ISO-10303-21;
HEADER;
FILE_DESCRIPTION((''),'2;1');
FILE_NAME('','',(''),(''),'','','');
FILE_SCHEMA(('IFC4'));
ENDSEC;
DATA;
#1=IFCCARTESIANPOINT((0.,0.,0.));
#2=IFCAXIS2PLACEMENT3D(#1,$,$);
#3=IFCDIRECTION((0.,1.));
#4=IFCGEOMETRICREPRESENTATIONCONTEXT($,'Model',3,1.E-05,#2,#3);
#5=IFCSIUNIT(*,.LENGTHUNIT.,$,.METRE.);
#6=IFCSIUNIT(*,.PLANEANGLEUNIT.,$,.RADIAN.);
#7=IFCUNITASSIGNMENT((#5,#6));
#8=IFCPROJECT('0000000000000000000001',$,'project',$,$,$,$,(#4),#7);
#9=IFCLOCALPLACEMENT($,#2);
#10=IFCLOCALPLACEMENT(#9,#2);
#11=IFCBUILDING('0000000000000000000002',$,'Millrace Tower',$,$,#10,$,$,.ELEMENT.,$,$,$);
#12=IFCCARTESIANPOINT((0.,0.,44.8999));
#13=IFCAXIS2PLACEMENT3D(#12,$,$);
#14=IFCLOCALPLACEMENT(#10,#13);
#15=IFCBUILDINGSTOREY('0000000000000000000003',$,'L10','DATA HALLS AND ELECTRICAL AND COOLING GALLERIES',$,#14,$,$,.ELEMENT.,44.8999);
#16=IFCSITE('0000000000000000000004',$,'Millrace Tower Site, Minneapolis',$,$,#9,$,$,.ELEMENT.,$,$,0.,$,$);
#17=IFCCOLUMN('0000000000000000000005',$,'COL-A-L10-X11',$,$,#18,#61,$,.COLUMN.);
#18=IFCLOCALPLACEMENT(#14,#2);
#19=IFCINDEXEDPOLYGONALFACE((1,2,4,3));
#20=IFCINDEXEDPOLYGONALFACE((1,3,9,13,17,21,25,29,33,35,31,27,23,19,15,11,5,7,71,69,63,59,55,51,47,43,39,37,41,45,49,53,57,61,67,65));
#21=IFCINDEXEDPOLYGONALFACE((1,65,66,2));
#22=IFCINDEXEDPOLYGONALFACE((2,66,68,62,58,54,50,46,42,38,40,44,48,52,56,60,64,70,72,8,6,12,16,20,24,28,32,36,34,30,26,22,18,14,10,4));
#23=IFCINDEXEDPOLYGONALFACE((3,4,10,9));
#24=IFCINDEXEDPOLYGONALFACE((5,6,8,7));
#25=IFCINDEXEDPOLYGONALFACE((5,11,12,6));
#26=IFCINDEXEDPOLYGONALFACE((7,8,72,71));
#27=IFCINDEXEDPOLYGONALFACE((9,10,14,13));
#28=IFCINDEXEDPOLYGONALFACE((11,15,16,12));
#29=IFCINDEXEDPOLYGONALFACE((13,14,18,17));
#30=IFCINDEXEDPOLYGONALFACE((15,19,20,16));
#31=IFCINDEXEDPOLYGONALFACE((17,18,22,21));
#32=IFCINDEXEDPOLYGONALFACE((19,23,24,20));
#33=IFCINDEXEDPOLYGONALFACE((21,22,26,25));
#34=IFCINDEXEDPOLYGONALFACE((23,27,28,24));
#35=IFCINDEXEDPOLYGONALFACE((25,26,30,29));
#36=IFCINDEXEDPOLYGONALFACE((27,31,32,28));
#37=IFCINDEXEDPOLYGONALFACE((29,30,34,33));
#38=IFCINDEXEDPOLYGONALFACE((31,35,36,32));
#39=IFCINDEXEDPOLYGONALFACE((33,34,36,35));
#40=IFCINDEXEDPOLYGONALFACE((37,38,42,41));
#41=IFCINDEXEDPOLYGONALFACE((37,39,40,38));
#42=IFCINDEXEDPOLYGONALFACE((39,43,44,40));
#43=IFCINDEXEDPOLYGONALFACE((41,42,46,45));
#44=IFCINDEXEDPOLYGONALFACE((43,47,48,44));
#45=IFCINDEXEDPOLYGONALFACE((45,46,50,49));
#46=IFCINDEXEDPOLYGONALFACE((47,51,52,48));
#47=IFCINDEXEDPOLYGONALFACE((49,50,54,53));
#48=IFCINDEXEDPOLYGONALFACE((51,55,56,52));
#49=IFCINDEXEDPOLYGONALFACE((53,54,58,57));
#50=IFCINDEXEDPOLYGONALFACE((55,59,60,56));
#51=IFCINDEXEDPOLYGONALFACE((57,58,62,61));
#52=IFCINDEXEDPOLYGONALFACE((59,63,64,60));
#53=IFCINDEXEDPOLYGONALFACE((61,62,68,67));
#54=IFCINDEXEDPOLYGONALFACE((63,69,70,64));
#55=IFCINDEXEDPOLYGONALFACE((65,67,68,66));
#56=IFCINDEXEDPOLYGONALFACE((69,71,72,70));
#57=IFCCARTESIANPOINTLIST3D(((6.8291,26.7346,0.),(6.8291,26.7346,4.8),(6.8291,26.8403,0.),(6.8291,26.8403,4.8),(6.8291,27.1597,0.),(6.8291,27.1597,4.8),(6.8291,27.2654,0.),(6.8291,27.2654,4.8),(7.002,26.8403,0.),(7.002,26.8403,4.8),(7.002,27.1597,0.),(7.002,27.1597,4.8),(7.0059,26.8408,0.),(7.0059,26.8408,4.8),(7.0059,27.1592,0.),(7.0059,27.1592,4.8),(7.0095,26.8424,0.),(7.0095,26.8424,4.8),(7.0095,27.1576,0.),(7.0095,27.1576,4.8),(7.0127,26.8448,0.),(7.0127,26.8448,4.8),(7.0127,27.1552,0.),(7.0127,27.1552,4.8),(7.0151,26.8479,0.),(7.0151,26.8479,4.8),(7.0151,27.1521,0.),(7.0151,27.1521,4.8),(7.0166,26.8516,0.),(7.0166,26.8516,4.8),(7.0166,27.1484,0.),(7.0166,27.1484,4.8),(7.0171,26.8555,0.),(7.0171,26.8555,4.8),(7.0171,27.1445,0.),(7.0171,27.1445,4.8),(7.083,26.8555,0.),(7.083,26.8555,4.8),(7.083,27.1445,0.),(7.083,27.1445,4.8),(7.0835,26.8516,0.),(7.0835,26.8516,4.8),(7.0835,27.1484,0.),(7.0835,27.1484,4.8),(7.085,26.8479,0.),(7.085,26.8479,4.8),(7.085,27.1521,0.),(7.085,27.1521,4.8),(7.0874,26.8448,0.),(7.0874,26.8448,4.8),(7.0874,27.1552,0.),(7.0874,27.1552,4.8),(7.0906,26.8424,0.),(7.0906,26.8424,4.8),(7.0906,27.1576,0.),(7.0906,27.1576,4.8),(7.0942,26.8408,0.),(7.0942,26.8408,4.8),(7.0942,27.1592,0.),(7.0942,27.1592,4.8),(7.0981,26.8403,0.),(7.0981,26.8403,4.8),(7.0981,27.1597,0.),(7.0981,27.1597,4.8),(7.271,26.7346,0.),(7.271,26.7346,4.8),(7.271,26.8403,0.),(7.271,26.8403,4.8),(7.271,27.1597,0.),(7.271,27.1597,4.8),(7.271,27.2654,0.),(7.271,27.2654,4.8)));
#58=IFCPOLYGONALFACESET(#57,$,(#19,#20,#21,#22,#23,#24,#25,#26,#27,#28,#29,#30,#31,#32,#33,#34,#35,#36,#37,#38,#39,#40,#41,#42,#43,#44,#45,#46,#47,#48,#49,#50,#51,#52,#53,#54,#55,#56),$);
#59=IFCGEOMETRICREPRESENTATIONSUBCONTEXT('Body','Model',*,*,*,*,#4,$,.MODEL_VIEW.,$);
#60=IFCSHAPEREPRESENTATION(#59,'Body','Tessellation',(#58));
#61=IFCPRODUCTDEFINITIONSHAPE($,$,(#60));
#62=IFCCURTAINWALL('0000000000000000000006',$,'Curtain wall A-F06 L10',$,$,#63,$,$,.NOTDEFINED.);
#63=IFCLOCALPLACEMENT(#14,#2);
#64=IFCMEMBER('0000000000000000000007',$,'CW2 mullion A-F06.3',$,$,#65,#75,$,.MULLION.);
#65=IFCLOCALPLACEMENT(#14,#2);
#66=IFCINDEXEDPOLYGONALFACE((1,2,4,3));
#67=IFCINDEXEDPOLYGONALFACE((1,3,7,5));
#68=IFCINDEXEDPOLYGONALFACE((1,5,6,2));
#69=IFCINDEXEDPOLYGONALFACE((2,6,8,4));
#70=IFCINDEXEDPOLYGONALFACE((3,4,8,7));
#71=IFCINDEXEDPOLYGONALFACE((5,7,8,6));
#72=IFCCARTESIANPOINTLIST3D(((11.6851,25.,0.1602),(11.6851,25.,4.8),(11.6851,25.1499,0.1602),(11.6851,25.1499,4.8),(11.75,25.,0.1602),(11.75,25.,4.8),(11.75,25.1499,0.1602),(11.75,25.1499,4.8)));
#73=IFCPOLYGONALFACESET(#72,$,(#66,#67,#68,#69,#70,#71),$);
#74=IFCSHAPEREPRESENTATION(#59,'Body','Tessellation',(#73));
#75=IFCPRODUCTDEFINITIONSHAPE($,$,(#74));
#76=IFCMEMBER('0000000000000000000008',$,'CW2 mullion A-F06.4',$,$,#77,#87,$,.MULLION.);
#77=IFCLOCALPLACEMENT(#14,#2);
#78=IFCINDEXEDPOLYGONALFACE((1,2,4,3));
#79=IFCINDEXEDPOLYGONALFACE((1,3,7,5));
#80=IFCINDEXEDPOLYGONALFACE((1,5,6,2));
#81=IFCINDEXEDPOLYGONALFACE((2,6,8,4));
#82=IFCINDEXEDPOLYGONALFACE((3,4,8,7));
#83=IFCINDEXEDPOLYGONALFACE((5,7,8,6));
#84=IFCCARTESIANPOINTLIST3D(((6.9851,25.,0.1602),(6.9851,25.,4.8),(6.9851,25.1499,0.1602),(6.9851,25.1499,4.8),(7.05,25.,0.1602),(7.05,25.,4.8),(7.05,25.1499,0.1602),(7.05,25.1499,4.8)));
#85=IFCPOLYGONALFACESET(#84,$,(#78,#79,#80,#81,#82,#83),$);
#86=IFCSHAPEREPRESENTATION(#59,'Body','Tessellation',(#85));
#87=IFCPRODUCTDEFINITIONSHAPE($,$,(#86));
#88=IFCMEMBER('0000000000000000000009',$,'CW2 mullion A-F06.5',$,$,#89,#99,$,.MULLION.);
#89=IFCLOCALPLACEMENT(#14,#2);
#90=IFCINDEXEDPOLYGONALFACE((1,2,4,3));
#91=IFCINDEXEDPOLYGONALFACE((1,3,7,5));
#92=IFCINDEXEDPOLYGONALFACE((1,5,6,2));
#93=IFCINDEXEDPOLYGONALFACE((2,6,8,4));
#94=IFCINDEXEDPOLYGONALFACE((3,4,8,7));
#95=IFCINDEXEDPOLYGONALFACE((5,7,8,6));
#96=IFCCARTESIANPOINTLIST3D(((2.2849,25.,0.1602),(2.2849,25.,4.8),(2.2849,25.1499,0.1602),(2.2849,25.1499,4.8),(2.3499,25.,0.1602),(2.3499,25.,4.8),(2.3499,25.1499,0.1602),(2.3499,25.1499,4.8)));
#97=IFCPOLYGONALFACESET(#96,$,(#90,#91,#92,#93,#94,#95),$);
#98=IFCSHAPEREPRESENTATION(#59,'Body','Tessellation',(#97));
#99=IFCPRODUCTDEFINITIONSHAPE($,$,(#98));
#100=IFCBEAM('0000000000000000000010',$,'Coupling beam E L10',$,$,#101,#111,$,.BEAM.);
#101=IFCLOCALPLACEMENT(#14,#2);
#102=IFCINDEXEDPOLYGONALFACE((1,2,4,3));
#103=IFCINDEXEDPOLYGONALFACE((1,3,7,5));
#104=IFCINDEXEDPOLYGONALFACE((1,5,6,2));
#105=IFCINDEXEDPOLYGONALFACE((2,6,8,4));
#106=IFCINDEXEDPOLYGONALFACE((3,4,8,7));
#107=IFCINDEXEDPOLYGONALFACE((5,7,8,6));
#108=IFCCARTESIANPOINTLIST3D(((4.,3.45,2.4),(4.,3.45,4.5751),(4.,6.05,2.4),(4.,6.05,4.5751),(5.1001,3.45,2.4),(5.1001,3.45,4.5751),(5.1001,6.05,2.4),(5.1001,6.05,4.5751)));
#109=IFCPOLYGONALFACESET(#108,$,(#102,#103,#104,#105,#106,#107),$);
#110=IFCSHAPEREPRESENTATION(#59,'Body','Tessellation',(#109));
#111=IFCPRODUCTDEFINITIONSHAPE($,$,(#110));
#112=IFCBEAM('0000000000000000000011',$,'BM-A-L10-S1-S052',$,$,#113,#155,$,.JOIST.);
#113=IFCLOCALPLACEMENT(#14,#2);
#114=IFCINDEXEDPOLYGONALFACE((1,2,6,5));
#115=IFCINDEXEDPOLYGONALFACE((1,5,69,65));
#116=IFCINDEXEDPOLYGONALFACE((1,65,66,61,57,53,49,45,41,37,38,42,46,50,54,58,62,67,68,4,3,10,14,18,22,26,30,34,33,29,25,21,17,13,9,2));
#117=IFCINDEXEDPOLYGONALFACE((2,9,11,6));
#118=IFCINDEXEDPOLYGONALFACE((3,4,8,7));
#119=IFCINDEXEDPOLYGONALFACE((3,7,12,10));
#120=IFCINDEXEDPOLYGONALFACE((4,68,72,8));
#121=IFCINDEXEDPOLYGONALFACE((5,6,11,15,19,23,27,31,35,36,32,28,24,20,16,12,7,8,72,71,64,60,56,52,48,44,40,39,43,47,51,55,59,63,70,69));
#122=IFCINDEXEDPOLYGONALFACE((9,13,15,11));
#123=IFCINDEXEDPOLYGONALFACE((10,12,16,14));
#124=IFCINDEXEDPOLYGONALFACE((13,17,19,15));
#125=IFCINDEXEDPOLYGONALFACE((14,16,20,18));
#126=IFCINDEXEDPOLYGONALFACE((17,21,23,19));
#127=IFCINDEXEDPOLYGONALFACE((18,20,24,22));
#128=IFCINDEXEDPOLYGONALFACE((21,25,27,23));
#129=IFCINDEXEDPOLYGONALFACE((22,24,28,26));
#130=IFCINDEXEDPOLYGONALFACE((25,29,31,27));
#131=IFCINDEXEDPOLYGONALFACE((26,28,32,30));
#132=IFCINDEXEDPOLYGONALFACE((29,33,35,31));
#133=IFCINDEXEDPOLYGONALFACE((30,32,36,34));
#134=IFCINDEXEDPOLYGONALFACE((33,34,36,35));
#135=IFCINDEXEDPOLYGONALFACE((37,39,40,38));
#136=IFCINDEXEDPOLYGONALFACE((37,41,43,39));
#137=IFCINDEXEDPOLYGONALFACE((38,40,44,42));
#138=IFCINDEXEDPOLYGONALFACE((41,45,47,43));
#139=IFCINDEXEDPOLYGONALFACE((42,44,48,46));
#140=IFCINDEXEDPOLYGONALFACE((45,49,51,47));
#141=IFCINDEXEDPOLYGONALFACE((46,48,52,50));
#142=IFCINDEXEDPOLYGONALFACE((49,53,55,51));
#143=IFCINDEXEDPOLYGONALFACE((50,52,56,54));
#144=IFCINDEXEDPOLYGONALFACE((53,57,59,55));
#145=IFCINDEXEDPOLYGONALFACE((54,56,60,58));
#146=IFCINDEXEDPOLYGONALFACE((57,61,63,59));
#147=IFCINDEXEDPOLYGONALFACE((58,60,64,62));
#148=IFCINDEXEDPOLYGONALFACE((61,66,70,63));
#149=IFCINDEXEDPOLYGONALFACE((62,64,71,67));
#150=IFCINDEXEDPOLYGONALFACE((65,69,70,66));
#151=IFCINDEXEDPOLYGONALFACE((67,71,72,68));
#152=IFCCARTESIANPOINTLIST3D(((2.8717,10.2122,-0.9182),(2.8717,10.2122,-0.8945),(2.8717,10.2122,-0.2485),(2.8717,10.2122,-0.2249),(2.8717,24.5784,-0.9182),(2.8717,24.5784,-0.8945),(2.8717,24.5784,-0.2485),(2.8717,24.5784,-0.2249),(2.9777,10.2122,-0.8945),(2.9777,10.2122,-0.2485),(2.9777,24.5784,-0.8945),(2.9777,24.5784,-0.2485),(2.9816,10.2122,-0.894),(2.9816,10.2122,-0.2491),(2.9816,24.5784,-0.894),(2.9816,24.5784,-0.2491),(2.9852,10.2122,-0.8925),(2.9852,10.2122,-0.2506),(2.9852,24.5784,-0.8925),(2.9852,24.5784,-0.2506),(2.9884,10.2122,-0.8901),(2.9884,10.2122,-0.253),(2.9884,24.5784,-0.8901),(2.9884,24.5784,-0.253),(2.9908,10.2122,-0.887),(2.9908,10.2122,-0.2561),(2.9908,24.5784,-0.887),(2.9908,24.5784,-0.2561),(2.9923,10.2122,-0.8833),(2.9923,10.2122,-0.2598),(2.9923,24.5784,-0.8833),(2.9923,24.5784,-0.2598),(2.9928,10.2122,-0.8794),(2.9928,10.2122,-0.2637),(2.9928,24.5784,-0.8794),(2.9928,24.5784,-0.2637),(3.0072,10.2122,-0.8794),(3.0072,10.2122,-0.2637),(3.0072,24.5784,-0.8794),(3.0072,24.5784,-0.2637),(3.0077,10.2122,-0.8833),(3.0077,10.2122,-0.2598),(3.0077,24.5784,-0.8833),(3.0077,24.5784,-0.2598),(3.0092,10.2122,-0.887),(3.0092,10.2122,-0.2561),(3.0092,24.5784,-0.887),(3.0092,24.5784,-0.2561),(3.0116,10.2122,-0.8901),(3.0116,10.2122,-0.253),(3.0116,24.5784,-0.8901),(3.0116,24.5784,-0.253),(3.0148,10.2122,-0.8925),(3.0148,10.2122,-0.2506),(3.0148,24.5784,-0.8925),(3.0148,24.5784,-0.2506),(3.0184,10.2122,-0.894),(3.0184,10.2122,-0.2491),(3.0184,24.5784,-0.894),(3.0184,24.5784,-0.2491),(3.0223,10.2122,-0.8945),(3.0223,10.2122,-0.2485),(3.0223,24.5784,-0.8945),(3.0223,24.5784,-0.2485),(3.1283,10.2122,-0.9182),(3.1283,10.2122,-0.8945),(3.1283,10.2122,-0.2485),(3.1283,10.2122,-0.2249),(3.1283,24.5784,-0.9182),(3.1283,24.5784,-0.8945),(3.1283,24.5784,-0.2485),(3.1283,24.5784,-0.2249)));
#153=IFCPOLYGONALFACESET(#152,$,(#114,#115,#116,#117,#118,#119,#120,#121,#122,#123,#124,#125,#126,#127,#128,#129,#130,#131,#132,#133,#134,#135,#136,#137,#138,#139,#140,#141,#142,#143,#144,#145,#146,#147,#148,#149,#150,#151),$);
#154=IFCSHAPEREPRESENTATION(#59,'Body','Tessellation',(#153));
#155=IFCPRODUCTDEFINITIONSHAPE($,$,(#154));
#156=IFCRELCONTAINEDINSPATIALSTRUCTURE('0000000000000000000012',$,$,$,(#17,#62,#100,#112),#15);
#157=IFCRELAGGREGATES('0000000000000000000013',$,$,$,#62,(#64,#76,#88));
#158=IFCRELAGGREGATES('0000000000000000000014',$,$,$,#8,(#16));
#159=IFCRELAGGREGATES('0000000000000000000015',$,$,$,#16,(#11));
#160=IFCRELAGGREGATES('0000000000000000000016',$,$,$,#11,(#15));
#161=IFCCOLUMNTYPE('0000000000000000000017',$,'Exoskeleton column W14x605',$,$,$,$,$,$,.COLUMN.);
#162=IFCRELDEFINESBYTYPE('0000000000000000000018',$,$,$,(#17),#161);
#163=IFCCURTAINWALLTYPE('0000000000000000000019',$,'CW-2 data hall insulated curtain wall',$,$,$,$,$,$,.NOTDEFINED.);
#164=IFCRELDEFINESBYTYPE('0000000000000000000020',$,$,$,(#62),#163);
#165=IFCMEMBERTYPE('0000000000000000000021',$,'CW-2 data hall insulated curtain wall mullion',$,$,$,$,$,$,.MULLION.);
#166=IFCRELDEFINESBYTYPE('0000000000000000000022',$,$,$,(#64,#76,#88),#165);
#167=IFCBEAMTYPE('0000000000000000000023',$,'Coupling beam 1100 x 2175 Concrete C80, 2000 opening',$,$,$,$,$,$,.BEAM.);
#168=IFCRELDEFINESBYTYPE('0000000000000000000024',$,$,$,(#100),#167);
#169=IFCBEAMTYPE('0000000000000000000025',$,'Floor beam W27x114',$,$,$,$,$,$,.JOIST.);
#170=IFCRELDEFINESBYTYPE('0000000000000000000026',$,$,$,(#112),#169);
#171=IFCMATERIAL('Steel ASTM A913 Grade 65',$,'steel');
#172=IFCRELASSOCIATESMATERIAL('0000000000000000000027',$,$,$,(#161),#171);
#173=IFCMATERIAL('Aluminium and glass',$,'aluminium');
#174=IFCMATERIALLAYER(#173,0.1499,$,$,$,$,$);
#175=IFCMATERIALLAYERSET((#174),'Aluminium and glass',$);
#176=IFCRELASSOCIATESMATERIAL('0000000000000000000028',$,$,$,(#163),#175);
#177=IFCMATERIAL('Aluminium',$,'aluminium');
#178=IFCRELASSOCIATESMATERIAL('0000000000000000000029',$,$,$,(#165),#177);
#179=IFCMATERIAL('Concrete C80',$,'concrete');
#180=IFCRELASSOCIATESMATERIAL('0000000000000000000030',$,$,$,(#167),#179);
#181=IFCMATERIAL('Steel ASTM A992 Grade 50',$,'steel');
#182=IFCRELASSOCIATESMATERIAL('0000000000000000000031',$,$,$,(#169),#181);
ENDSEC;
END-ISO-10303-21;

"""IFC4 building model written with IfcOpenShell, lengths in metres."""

from ifc_helpers import new_model, si_unit, direction, frame, origin, origin_2d, place, context, subcontext, project, spatial, rectangle, i_section, extrude, material, layer, layer_set, material_profile, profile_set, type_object, element, aggregate, save


model = new_model("IFC4")

# Units and contexts
model_context = context("Model", 3, precision=1e-05, world=origin(), true_north=direction((0.0, 1.0)))
body_context = subcontext(model_context, "Body", "Model", "MODEL_VIEW")
ifc_project = project(units=[si_unit("LENGTHUNIT", "METRE"), si_unit("PLANEANGLEUNIT", "RADIAN")], contexts=[model_context])

# Site, building, storey
site_placement = place(None, origin())
site = spatial("IfcSite", under=ifc_project, at=site_placement, Name="Millrace Tower Site, Minneapolis", CompositionType="ELEMENT", RefElevation=0.0)
building_placement = place(site_placement, origin())
building = spatial("IfcBuilding", under=site, at=building_placement, Name="Millrace Tower", CompositionType="ELEMENT")
storey_placement = place(building_placement, frame((0.0, 0.0, 44.8999)))
storey = spatial("IfcBuildingStorey", under=building, at=storey_placement, Name="L10", Description="DATA HALLS AND ELECTRICAL AND COOLING GALLERIES", CompositionType="ELEMENT", Elevation=44.8999)

# Column
ifc_material_1 = material(Name="Steel ASTM A913 Grade 65", Category="steel")
ifc_material_profile_1 = material_profile(ifc_material_1, i_section(OverallWidth=0.4419, OverallDepth=0.5308, WebThickness=0.0659, FlangeThickness=0.1057, FilletRadius=0.0151, at=origin_2d()))
ifc_profile_set_1 = profile_set([ifc_material_profile_1], Name="Steel ASTM A913 Grade 65")
column_type = type_object("IfcColumnType", Name="Exoskeleton column W14x605", PredefinedType="COLUMN", material=ifc_profile_set_1)
column_placement = place(storey_placement, frame((7.05, 27.0, 0.0), z_axis=(0.0, 0.0, 1.0), x_axis=(-1.0, 0.0, 0.0)))
element("IfcColumn", 1, at=column_placement, inside=storey, type_object=column_type, Name="COL-A-L10-X11", PredefinedType="COLUMN", context=body_context, shape_type="SweptSolid", body=[
    extrude(i_section(OverallWidth=0.4419, OverallDepth=0.5308, WebThickness=0.0659, FlangeThickness=0.1057, FilletRadius=0.0151, at=origin_2d()), origin(), (0.0, 0.0, 1.0), 4.8),
])

# Curtain wall, members
ifc_material_2 = material(Name="Aluminium and glass", Category="aluminium")
ifc_layer_1 = layer(ifc_material_2, 0.1499)
ifc_layer_set_1 = layer_set([ifc_layer_1], Name="Aluminium and glass")
curtain_wall_type = type_object("IfcCurtainWallType", Name="CW-2 data hall insulated curtain wall", PredefinedType="NOTDEFINED", material=ifc_layer_set_1)
curtain_wall_placement = place(storey_placement, origin())
curtain_wall = element("IfcCurtainWall", 2, at=curtain_wall_placement, inside=storey, type_object=curtain_wall_type, Name="Curtain wall A-F06 L10", PredefinedType="NOTDEFINED")
ifc_material_3 = material(Name="Aluminium", Category="aluminium")
ifc_material_profile_2 = material_profile(ifc_material_3, rectangle(XDim=0.0649, YDim=0.1499, at=origin_2d()))
ifc_profile_set_2 = profile_set([ifc_material_profile_2], Name="Aluminium")
member_type = type_object("IfcMemberType", Name="CW-2 data hall insulated curtain wall mullion", PredefinedType="MULLION", material=ifc_profile_set_2)
member_1_placement = place(storey_placement, frame((11.7175, 25.075, 0.1602), z_axis=(0.0, 0.0, 1.0), x_axis=(-1.0, 0.0, 0.0)))
member_1 = element("IfcMember", 3, at=member_1_placement, type_object=member_type, Name="CW2 mullion A-F06.3", PredefinedType="MULLION", context=body_context, shape_type="SweptSolid", body=[
    extrude(rectangle(XDim=0.0649, YDim=0.1499, at=origin_2d()), origin(), (0.0, 0.0, 1.0), 4.6399),
])
member_2_placement = place(storey_placement, frame((7.0176, 25.075, 0.1602), z_axis=(0.0, 0.0, 1.0), x_axis=(-1.0, 0.0, 0.0)))
member_2 = element("IfcMember", 4, at=member_2_placement, type_object=member_type, Name="CW2 mullion A-F06.4", PredefinedType="MULLION", context=body_context, shape_type="SweptSolid", body=[
    extrude(rectangle(XDim=0.0649, YDim=0.1499, at=origin_2d()), origin(), (0.0, 0.0, 1.0), 4.6399),
])
member_3_placement = place(storey_placement, frame((2.3174, 25.075, 0.1602), z_axis=(0.0, 0.0, 1.0), x_axis=(-1.0, 0.0, 0.0)))
member_3 = element("IfcMember", 5, at=member_3_placement, type_object=member_type, Name="CW2 mullion A-F06.5", PredefinedType="MULLION", context=body_context, shape_type="SweptSolid", body=[
    extrude(rectangle(XDim=0.0649, YDim=0.1499, at=origin_2d()), origin(), (0.0, 0.0, 1.0), 4.6399),
])
aggregate(curtain_wall, [member_1, member_2, member_3])

# Beams
ifc_material_4 = material(Name="Concrete C80", Category="concrete")
ifc_material_profile_3 = material_profile(ifc_material_4, rectangle(XDim=1.1001, YDim=2.175, at=origin_2d()))
ifc_profile_set_3 = profile_set([ifc_material_profile_3], Name="Concrete C80")
beam_type_1 = type_object("IfcBeamType", Name="Coupling beam 1100 x 2175 Concrete C80, 2000 opening", PredefinedType="BEAM", material=ifc_profile_set_3)
beam_1_placement = place(storey_placement, frame((4.55, 6.05, 3.4875), z_axis=(0.0, -1.0, 0.0), x_axis=(1.0, 0.0, 0.0)))
element("IfcBeam", 6, at=beam_1_placement, inside=storey, type_object=beam_type_1, Name="Coupling beam E L10", PredefinedType="BEAM", context=body_context, shape_type="SweptSolid", body=[
    extrude(rectangle(XDim=1.1001, YDim=2.175, at=origin_2d()), origin(), (0.0, 0.0, 1.0), 2.6001),
])
ifc_material_5 = material(Name="Steel ASTM A992 Grade 50", Category="steel")
ifc_material_profile_4 = material_profile(ifc_material_5, i_section(OverallWidth=0.2566, OverallDepth=0.6934, WebThickness=0.0144, FlangeThickness=0.0237, FilletRadius=0.0151, at=origin_2d()))
ifc_profile_set_4 = profile_set([ifc_material_profile_4], Name="Steel ASTM A992 Grade 50")
beam_type_2 = type_object("IfcBeamType", Name="Floor beam W27x114", PredefinedType="JOIST", material=ifc_profile_set_4)
beam_2_placement = place(storey_placement, frame((3.0, 10.2122, -0.5715), z_axis=(0.0, 1.0, 0.0), x_axis=(-1.0, 0.0, 0.0)))
element("IfcBeam", 7, at=beam_2_placement, inside=storey, type_object=beam_type_2, Name="BM-A-L10-S1-S052", PredefinedType="JOIST", context=body_context, shape_type="SweptSolid", body=[
    extrude(i_section(OverallWidth=0.2566, OverallDepth=0.6934, WebThickness=0.0144, FlangeThickness=0.0237, FilletRadius=0.0151, at=origin_2d()), origin(), (0.0, 0.0, 1.0), 14.3662),
])

save(model, "model.ifc")
